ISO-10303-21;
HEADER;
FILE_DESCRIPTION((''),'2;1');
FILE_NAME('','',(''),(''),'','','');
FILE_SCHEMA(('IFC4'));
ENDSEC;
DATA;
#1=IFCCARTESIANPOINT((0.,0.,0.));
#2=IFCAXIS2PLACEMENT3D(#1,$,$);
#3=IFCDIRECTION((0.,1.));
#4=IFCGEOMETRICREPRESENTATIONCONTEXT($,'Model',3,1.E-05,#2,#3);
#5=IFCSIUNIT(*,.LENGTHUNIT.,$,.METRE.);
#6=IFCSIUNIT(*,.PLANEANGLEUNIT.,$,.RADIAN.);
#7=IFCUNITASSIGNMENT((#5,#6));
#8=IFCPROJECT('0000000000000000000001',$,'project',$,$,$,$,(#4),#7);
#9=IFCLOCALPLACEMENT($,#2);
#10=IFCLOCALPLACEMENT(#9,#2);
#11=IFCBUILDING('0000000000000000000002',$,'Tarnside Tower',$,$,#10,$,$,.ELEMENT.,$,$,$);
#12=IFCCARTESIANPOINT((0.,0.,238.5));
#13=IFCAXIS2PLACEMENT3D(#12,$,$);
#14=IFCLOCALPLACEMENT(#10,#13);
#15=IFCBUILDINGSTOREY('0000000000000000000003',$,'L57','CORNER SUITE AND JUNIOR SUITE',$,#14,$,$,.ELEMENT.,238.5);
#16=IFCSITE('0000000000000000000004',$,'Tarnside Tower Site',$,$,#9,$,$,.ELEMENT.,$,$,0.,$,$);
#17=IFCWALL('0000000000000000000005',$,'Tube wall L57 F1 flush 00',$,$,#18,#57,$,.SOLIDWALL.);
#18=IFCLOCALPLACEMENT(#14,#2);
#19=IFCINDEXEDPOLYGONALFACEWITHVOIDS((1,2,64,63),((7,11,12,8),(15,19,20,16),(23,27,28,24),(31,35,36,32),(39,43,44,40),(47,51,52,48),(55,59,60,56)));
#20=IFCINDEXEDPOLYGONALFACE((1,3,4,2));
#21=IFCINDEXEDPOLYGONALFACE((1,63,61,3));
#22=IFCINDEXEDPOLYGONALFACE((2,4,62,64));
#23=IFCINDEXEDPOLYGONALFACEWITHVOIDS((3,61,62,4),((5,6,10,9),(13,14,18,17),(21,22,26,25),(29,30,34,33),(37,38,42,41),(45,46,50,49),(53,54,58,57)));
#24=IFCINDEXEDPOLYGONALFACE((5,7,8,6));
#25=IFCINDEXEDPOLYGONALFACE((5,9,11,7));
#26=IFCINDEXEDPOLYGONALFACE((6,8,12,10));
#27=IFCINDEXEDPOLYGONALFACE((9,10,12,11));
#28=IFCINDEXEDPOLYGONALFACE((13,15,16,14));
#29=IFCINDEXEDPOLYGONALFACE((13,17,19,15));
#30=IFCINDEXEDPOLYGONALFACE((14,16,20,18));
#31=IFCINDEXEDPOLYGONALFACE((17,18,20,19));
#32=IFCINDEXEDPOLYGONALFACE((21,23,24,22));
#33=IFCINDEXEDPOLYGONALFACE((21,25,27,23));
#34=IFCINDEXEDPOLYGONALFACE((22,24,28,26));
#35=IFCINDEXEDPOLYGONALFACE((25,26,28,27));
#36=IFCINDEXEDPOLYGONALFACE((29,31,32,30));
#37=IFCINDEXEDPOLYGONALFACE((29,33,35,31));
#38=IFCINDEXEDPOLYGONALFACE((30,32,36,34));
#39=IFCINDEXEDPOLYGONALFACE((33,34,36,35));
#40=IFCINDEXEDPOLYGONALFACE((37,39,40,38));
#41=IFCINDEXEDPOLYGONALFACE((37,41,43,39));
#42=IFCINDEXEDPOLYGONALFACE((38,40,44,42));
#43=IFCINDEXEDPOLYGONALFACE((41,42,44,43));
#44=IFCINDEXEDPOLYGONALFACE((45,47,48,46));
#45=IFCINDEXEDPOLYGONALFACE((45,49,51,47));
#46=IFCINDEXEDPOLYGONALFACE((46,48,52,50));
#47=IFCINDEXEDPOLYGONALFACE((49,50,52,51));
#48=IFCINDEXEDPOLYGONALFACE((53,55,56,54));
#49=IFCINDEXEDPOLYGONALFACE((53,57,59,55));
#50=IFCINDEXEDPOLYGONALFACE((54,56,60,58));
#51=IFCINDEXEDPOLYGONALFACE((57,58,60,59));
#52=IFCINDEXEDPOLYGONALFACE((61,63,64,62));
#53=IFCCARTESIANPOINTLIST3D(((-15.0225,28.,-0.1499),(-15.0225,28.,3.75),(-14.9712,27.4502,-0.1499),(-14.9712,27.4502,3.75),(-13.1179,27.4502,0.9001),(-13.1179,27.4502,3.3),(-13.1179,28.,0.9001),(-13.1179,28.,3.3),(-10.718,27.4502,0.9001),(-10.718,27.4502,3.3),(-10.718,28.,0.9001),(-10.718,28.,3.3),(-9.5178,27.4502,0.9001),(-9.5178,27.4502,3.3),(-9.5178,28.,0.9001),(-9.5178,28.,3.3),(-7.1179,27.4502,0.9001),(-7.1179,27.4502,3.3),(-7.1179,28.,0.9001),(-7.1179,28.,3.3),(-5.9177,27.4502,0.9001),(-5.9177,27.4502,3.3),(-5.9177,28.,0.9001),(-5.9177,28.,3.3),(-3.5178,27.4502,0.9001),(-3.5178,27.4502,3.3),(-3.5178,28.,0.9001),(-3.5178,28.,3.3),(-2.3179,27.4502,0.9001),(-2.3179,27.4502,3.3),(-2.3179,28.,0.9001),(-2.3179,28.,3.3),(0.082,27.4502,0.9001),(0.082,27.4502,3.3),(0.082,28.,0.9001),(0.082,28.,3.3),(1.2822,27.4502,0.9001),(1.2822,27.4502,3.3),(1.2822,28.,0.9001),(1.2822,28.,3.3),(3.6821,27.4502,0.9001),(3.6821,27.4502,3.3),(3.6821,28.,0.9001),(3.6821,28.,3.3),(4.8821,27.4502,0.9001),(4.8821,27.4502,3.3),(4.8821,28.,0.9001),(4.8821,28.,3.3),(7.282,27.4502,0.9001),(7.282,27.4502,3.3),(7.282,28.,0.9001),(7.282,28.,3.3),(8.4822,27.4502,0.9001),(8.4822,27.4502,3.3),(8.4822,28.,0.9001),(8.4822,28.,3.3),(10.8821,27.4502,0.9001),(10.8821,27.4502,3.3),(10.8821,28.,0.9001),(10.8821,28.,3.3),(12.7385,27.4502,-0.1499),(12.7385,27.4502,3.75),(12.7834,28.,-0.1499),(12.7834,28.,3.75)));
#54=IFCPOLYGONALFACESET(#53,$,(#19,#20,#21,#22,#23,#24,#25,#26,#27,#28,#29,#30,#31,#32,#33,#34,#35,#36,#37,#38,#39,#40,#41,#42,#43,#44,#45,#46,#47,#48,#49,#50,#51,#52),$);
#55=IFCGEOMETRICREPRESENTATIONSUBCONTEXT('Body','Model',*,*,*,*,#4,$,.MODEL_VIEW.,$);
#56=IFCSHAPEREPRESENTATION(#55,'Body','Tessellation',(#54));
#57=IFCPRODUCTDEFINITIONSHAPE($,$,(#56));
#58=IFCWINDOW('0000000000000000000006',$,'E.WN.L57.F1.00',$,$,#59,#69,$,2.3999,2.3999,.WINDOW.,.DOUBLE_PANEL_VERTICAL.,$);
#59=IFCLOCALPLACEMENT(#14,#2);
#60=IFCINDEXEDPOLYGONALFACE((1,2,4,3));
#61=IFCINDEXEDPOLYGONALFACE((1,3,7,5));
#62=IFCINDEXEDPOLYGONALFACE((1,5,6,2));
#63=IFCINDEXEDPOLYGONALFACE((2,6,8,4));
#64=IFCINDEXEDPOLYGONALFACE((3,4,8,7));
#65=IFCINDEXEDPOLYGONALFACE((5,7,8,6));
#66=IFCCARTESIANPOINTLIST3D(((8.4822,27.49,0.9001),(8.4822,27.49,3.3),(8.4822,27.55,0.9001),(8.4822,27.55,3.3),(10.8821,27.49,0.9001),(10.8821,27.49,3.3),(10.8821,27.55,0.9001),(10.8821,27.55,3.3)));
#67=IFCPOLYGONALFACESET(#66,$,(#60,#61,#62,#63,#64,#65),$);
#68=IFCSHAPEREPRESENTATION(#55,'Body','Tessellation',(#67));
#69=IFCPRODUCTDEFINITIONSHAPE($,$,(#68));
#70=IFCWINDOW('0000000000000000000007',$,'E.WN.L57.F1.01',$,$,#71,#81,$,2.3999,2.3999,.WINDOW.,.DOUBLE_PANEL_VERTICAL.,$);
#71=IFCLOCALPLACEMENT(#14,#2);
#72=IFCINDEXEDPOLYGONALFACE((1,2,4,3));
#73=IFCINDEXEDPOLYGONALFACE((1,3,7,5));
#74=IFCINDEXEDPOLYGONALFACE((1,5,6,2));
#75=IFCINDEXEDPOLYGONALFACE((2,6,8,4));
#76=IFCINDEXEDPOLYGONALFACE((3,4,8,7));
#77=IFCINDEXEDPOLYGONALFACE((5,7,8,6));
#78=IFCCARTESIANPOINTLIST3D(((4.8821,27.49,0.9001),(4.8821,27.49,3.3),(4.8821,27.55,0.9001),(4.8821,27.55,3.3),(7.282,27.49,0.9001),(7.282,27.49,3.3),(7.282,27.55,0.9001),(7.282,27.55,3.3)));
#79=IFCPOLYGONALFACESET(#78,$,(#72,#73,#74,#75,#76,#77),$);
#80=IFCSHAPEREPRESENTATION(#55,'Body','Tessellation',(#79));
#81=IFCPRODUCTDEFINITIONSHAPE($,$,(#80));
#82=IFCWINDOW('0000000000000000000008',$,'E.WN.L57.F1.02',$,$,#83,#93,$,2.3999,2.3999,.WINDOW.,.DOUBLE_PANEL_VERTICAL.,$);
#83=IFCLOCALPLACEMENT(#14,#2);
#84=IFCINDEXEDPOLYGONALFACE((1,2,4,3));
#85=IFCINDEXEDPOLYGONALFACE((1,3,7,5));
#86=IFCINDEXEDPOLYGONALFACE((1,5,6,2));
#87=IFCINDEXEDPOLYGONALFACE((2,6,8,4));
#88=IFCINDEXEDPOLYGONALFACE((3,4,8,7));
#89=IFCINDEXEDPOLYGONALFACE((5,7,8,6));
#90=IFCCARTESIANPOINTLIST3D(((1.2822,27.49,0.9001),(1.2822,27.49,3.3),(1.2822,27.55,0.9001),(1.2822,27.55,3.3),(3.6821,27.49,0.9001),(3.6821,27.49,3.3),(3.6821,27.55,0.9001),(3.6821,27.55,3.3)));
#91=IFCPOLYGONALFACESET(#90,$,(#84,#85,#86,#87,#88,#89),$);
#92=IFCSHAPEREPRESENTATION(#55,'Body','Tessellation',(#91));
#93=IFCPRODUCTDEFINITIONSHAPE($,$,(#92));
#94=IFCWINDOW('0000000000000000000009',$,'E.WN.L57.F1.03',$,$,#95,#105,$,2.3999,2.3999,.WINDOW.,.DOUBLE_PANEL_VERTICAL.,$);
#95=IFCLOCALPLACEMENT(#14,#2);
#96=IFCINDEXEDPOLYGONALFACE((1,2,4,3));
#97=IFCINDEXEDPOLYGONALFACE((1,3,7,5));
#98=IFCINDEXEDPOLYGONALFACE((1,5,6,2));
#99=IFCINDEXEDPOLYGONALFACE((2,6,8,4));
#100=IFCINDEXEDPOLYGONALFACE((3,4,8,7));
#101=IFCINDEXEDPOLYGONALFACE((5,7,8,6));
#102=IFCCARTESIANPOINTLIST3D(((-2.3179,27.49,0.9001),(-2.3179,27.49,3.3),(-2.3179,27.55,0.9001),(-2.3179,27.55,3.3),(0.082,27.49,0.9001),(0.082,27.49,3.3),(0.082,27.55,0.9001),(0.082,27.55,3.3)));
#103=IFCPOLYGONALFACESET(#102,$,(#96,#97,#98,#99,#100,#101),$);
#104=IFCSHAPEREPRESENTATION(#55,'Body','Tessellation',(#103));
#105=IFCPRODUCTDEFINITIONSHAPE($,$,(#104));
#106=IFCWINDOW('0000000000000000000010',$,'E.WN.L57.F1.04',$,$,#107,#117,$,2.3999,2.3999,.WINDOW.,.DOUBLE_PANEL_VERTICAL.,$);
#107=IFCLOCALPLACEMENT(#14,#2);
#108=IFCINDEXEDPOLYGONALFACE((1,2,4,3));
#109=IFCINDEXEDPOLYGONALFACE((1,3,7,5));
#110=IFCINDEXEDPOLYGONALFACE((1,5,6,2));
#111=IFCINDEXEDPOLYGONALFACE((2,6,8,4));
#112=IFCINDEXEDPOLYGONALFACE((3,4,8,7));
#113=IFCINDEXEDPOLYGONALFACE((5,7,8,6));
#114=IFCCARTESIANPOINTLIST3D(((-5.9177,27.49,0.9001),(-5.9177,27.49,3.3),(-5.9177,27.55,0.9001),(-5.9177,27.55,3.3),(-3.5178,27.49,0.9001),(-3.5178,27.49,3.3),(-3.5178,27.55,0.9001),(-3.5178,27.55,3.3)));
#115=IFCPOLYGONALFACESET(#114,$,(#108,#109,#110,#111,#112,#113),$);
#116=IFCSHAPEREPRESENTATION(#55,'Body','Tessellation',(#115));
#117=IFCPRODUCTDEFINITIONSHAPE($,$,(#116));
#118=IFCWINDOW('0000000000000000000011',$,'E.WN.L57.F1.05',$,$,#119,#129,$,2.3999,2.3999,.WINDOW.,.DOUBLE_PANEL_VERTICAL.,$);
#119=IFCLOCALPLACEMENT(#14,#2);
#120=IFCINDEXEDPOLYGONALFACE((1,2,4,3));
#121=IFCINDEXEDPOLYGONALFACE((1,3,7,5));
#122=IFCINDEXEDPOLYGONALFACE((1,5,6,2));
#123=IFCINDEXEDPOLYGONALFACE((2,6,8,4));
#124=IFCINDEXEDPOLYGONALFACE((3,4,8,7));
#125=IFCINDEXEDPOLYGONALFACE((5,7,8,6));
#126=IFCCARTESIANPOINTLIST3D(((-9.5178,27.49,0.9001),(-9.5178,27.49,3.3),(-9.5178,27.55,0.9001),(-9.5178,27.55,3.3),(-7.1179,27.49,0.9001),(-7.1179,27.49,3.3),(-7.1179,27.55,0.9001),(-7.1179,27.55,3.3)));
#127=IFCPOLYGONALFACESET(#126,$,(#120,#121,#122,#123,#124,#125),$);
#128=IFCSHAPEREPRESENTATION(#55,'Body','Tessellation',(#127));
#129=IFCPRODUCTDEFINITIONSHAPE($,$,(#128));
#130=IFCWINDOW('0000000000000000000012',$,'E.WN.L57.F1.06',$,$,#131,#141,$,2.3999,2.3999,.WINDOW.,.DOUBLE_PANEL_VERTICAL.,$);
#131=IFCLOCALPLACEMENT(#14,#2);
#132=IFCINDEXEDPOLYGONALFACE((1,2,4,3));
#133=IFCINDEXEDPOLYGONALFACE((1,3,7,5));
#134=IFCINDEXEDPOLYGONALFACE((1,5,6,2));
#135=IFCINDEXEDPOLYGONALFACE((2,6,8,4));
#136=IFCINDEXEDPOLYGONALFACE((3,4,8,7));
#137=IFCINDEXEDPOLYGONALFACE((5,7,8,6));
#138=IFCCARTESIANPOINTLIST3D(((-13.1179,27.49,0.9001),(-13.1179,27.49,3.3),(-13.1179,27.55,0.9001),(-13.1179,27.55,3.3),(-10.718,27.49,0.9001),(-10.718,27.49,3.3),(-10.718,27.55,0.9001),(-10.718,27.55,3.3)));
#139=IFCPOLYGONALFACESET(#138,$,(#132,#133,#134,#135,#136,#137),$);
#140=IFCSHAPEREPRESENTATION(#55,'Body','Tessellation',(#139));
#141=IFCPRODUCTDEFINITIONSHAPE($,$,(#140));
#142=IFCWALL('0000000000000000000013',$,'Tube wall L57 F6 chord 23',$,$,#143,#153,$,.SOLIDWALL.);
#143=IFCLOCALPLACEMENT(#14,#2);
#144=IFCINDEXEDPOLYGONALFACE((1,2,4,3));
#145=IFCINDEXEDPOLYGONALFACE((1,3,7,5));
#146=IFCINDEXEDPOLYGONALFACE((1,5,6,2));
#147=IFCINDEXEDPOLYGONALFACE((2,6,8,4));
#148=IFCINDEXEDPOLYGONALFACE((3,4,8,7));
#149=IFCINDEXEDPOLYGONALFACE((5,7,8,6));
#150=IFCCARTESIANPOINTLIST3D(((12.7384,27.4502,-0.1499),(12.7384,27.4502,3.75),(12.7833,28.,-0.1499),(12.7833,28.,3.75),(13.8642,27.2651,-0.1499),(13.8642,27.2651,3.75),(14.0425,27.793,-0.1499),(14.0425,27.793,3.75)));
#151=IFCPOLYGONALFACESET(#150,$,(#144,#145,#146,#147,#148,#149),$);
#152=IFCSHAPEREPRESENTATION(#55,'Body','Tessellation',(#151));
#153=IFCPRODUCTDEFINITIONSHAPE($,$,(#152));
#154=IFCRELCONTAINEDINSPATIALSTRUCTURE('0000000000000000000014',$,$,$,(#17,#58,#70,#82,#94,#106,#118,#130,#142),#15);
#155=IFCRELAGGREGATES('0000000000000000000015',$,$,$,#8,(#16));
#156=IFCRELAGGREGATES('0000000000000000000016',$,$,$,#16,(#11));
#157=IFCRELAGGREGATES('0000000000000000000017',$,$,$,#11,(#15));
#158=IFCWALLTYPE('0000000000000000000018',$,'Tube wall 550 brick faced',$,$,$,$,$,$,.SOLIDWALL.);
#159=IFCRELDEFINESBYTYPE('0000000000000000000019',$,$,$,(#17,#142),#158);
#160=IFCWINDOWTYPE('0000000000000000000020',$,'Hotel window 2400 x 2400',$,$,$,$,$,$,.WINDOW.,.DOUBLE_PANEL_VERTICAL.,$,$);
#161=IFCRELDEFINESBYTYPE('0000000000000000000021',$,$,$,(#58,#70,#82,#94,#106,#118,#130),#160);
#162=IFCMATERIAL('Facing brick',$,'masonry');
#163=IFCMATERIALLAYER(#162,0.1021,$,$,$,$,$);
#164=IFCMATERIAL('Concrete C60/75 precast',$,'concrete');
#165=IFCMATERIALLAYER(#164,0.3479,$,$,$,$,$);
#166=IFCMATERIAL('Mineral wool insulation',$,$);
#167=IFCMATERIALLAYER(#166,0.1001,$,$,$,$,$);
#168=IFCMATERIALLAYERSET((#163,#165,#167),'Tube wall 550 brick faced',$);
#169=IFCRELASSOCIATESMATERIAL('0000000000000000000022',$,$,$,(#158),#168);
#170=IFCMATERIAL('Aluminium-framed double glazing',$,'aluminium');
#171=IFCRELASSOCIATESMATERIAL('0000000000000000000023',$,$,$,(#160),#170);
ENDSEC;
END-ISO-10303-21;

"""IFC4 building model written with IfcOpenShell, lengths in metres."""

from ifc_helpers import new_model, si_unit, direction, frame, frame_2d, origin, place, context, subcontext, project, spatial, polyline, rectangle, outline, extrude, material, layer, layer_set, type_object, element, fill, save


model = new_model("IFC4")

# Units and contexts
model_context = context("Model", 3, precision=1e-05, world=origin(), true_north=direction((0.0, 1.0)))
body_context = subcontext(model_context, "Body", "Model", "MODEL_VIEW")
ifc_project = project(units=[si_unit("LENGTHUNIT", "METRE"), si_unit("PLANEANGLEUNIT", "RADIAN")], contexts=[model_context])

# Site, building, storey
site_placement = place(None, origin())
site = spatial("IfcSite", under=ifc_project, at=site_placement, Name="Tarnside Tower Site", CompositionType="ELEMENT", RefElevation=0.0)
building_placement = place(site_placement, origin())
building = spatial("IfcBuilding", under=site, at=building_placement, Name="Tarnside Tower", CompositionType="ELEMENT")
storey_placement = place(building_placement, frame((0.0, 0.0, 238.5)))
storey = spatial("IfcBuildingStorey", under=building, at=storey_placement, Name="L57", Description="CORNER SUITE AND JUNIOR SUITE", CompositionType="ELEMENT", Elevation=238.5)

# Wall, openings, windows
ifc_material_1 = material(Name="Facing brick", Category="masonry")
ifc_layer_1 = layer(ifc_material_1, 0.1021)
ifc_material_2 = material(Name="Concrete C60/75 precast", Category="concrete")
ifc_layer_2 = layer(ifc_material_2, 0.3479)
ifc_material_3 = material(Name="Mineral wool insulation")
ifc_layer_3 = layer(ifc_material_3, 0.1001)
ifc_layer_set_1 = layer_set([ifc_layer_1, ifc_layer_2, ifc_layer_3], Name="Tube wall 550 brick faced")
wall_type_1 = type_object("IfcWallType", Name="Tube wall 550 brick faced", PredefinedType="SOLIDWALL", material=ifc_layer_set_1)
wall_1_placement = place(storey_placement, frame((12.761, 27.7251, -0.1499), z_axis=(0.0, 0.0, 1.0), x_axis=(-1.0, 0.0, 0.0)))
wall_1 = element("IfcWall", 1, at=wall_1_placement, inside=storey, type_object=wall_type_1, Name="Tube wall L57 F1 flush 00", PredefinedType="SOLIDWALL", context=body_context, shape_type="SweptSolid", body=[
    extrude(outline(polyline([(-0.0225, -0.2749), (27.7834, -0.2749), (27.7322, 0.2749), (0.0225, 0.2749), (-0.0225, -0.2749)])), origin(), (0.0, 0.0, 1.0), 3.8999),
])
opening_1_placement = place(wall_1_placement, frame((1.8789, 0.0, 1.05)))
opening_1 = element("IfcOpeningElement", 2, at=opening_1_placement, cuts=wall_1, PredefinedType="OPENING", context=body_context, shape_type="SweptSolid", body=[
    extrude(rectangle(XDim=2.3999, YDim=2.3999, at=frame_2d((1.2, 1.2))), frame((0.0, 0.2852, 0.0), z_axis=(0.0, -1.0, 0.0), x_axis=(1.0, 0.0, 0.0)), (0.0, 0.0, 1.0), 0.5701),
])
opening_2_placement = place(wall_1_placement, frame((5.479, 0.0, 1.05)))
opening_2 = element("IfcOpeningElement", 3, at=opening_2_placement, cuts=wall_1, PredefinedType="OPENING", context=body_context, shape_type="SweptSolid", body=[
    extrude(rectangle(XDim=2.3999, YDim=2.3999, at=frame_2d((1.2, 1.2))), frame((0.0, 0.2852, 0.0), z_axis=(0.0, -1.0, 0.0), x_axis=(1.0, 0.0, 0.0)), (0.0, 0.0, 1.0), 0.5701),
])
opening_3_placement = place(wall_1_placement, frame((9.0789, 0.0, 1.05)))
opening_3 = element("IfcOpeningElement", 4, at=opening_3_placement, cuts=wall_1, PredefinedType="OPENING", context=body_context, shape_type="SweptSolid", body=[
    extrude(rectangle(XDim=2.3999, YDim=2.3999, at=frame_2d((1.2, 1.2))), frame((0.0, 0.2852, 0.0), z_axis=(0.0, -1.0, 0.0), x_axis=(1.0, 0.0, 0.0)), (0.0, 0.0, 1.0), 0.5701),
])
opening_4_placement = place(wall_1_placement, frame((12.679, 0.0, 1.05)))
opening_4 = element("IfcOpeningElement", 5, at=opening_4_placement, cuts=wall_1, PredefinedType="OPENING", context=body_context, shape_type="SweptSolid", body=[
    extrude(rectangle(XDim=2.3999, YDim=2.3999, at=frame_2d((1.2, 1.2))), frame((0.0, 0.2852, 0.0), z_axis=(0.0, -1.0, 0.0), x_axis=(1.0, 0.0, 0.0)), (0.0, 0.0, 1.0), 0.5701),
])
opening_5_placement = place(wall_1_placement, frame((16.2788, 0.0, 1.05)))
opening_5 = element("IfcOpeningElement", 6, at=opening_5_placement, cuts=wall_1, PredefinedType="OPENING", context=body_context, shape_type="SweptSolid", body=[
    extrude(rectangle(XDim=2.3999, YDim=2.3999, at=frame_2d((1.2, 1.2))), frame((0.0, 0.2852, 0.0), z_axis=(0.0, -1.0, 0.0), x_axis=(1.0, 0.0, 0.0)), (0.0, 0.0, 1.0), 0.5701),
])
opening_6_placement = place(wall_1_placement, frame((19.8789, 0.0, 1.05)))
opening_6 = element("IfcOpeningElement", 7, at=opening_6_placement, cuts=wall_1, PredefinedType="OPENING", context=body_context, shape_type="SweptSolid", body=[
    extrude(rectangle(XDim=2.3999, YDim=2.3999, at=frame_2d((1.2, 1.2))), frame((0.0, 0.2852, 0.0), z_axis=(0.0, -1.0, 0.0), x_axis=(1.0, 0.0, 0.0)), (0.0, 0.0, 1.0), 0.5701),
])
opening_7_placement = place(wall_1_placement, frame((23.479, 0.0, 1.05)))
opening_7 = element("IfcOpeningElement", 8, at=opening_7_placement, cuts=wall_1, PredefinedType="OPENING", context=body_context, shape_type="SweptSolid", body=[
    extrude(rectangle(XDim=2.3999, YDim=2.3999, at=frame_2d((1.2, 1.2))), frame((0.0, 0.2852, 0.0), z_axis=(0.0, -1.0, 0.0), x_axis=(1.0, 0.0, 0.0)), (0.0, 0.0, 1.0), 0.5701),
])
ifc_material_4 = material(Name="Aluminium-framed double glazing", Category="aluminium")
window_type = type_object("IfcWindowType", Name="Hotel window 2400 x 2400", PartitioningType="DOUBLE_PANEL_VERTICAL", PredefinedType="WINDOW", material=ifc_material_4)
window_1_placement = place(opening_1_placement, frame((0.0, 0.2051, 0.0)))
window_1 = element("IfcWindow", 9, at=window_1_placement, inside=storey, type_object=window_type, Name="E.WN.L57.F1.00", OverallHeight=2.3999, OverallWidth=2.3999, PartitioningType="DOUBLE_PANEL_VERTICAL", PredefinedType="WINDOW", context=body_context, shape_type="SweptSolid", body=[
    extrude(rectangle(XDim=2.3999, YDim=2.3999, at=frame_2d((1.2, 1.2))), frame((0.0, 0.03, 0.0), z_axis=(0.0, -1.0, 0.0), x_axis=(1.0, 0.0, 0.0)), (0.0, 0.0, 1.0), 0.0601),
])
fill(opening_1, window_1)
window_2_placement = place(opening_2_placement, frame((0.0, 0.2051, 0.0)))
window_2 = element("IfcWindow", 10, at=window_2_placement, inside=storey, type_object=window_type, Name="E.WN.L57.F1.01", OverallHeight=2.3999, OverallWidth=2.3999, PartitioningType="DOUBLE_PANEL_VERTICAL", PredefinedType="WINDOW", context=body_context, shape_type="SweptSolid", body=[
    extrude(rectangle(XDim=2.3999, YDim=2.3999, at=frame_2d((1.2, 1.2))), frame((0.0, 0.03, 0.0), z_axis=(0.0, -1.0, 0.0), x_axis=(1.0, 0.0, 0.0)), (0.0, 0.0, 1.0), 0.0601),
])
fill(opening_2, window_2)
window_3_placement = place(opening_3_placement, frame((0.0, 0.2051, 0.0)))
window_3 = element("IfcWindow", 11, at=window_3_placement, inside=storey, type_object=window_type, Name="E.WN.L57.F1.02", OverallHeight=2.3999, OverallWidth=2.3999, PartitioningType="DOUBLE_PANEL_VERTICAL", PredefinedType="WINDOW", context=body_context, shape_type="SweptSolid", body=[
    extrude(rectangle(XDim=2.3999, YDim=2.3999, at=frame_2d((1.2, 1.2))), frame((0.0, 0.03, 0.0), z_axis=(0.0, -1.0, 0.0), x_axis=(1.0, 0.0, 0.0)), (0.0, 0.0, 1.0), 0.0601),
])
fill(opening_3, window_3)
window_4_placement = place(opening_4_placement, frame((0.0, 0.2051, 0.0)))
window_4 = element("IfcWindow", 12, at=window_4_placement, inside=storey, type_object=window_type, Name="E.WN.L57.F1.03", OverallHeight=2.3999, OverallWidth=2.3999, PartitioningType="DOUBLE_PANEL_VERTICAL", PredefinedType="WINDOW", context=body_context, shape_type="SweptSolid", body=[
    extrude(rectangle(XDim=2.3999, YDim=2.3999, at=frame_2d((1.2, 1.2))), frame((0.0, 0.03, 0.0), z_axis=(0.0, -1.0, 0.0), x_axis=(1.0, 0.0, 0.0)), (0.0, 0.0, 1.0), 0.0601),
])
fill(opening_4, window_4)
window_5_placement = place(opening_5_placement, frame((0.0, 0.2051, 0.0)))
window_5 = element("IfcWindow", 13, at=window_5_placement, inside=storey, type_object=window_type, Name="E.WN.L57.F1.04", OverallHeight=2.3999, OverallWidth=2.3999, PartitioningType="DOUBLE_PANEL_VERTICAL", PredefinedType="WINDOW", context=body_context, shape_type="SweptSolid", body=[
    extrude(rectangle(XDim=2.3999, YDim=2.3999, at=frame_2d((1.2, 1.2))), frame((0.0, 0.03, 0.0), z_axis=(0.0, -1.0, 0.0), x_axis=(1.0, 0.0, 0.0)), (0.0, 0.0, 1.0), 0.0601),
])
fill(opening_5, window_5)
window_6_placement = place(opening_6_placement, frame((0.0, 0.2051, 0.0)))
window_6 = element("IfcWindow", 14, at=window_6_placement, inside=storey, type_object=window_type, Name="E.WN.L57.F1.05", OverallHeight=2.3999, OverallWidth=2.3999, PartitioningType="DOUBLE_PANEL_VERTICAL", PredefinedType="WINDOW", context=body_context, shape_type="SweptSolid", body=[
    extrude(rectangle(XDim=2.3999, YDim=2.3999, at=frame_2d((1.2, 1.2))), frame((0.0, 0.03, 0.0), z_axis=(0.0, -1.0, 0.0), x_axis=(1.0, 0.0, 0.0)), (0.0, 0.0, 1.0), 0.0601),
])
fill(opening_6, window_6)
window_7_placement = place(opening_7_placement, frame((0.0, 0.2051, 0.0)))
window_7 = element("IfcWindow", 15, at=window_7_placement, inside=storey, type_object=window_type, Name="E.WN.L57.F1.06", OverallHeight=2.3999, OverallWidth=2.3999, PartitioningType="DOUBLE_PANEL_VERTICAL", PredefinedType="WINDOW", context=body_context, shape_type="SweptSolid", body=[
    extrude(rectangle(XDim=2.3999, YDim=2.3999, at=frame_2d((1.2, 1.2))), frame((0.0, 0.03, 0.0), z_axis=(0.0, -1.0, 0.0), x_axis=(1.0, 0.0, 0.0)), (0.0, 0.0, 1.0), 0.0601),
])
fill(opening_7, window_7)

# Wall
wall_2_placement = place(storey_placement, frame((13.9534, 27.5291, -0.1499), z_axis=(0.0, 0.0, 1.0), x_axis=(-0.986752, 0.162236, 0.0)))
element("IfcWall", 16, at=wall_2_placement, inside=storey, type_object=wall_type_1, Name="Tube wall L57 F6 chord 23", PredefinedType="SOLIDWALL", context=body_context, shape_type="SweptSolid", body=[
    extrude(outline(polyline([(-0.0452, -0.2749), (1.231, -0.2749), (1.186, 0.2749), (0.0452, 0.2749), (-0.0452, -0.2749)])), origin(), (0.0, 0.0, 1.0), 3.8999),
])

save(model, "model.ifc")
